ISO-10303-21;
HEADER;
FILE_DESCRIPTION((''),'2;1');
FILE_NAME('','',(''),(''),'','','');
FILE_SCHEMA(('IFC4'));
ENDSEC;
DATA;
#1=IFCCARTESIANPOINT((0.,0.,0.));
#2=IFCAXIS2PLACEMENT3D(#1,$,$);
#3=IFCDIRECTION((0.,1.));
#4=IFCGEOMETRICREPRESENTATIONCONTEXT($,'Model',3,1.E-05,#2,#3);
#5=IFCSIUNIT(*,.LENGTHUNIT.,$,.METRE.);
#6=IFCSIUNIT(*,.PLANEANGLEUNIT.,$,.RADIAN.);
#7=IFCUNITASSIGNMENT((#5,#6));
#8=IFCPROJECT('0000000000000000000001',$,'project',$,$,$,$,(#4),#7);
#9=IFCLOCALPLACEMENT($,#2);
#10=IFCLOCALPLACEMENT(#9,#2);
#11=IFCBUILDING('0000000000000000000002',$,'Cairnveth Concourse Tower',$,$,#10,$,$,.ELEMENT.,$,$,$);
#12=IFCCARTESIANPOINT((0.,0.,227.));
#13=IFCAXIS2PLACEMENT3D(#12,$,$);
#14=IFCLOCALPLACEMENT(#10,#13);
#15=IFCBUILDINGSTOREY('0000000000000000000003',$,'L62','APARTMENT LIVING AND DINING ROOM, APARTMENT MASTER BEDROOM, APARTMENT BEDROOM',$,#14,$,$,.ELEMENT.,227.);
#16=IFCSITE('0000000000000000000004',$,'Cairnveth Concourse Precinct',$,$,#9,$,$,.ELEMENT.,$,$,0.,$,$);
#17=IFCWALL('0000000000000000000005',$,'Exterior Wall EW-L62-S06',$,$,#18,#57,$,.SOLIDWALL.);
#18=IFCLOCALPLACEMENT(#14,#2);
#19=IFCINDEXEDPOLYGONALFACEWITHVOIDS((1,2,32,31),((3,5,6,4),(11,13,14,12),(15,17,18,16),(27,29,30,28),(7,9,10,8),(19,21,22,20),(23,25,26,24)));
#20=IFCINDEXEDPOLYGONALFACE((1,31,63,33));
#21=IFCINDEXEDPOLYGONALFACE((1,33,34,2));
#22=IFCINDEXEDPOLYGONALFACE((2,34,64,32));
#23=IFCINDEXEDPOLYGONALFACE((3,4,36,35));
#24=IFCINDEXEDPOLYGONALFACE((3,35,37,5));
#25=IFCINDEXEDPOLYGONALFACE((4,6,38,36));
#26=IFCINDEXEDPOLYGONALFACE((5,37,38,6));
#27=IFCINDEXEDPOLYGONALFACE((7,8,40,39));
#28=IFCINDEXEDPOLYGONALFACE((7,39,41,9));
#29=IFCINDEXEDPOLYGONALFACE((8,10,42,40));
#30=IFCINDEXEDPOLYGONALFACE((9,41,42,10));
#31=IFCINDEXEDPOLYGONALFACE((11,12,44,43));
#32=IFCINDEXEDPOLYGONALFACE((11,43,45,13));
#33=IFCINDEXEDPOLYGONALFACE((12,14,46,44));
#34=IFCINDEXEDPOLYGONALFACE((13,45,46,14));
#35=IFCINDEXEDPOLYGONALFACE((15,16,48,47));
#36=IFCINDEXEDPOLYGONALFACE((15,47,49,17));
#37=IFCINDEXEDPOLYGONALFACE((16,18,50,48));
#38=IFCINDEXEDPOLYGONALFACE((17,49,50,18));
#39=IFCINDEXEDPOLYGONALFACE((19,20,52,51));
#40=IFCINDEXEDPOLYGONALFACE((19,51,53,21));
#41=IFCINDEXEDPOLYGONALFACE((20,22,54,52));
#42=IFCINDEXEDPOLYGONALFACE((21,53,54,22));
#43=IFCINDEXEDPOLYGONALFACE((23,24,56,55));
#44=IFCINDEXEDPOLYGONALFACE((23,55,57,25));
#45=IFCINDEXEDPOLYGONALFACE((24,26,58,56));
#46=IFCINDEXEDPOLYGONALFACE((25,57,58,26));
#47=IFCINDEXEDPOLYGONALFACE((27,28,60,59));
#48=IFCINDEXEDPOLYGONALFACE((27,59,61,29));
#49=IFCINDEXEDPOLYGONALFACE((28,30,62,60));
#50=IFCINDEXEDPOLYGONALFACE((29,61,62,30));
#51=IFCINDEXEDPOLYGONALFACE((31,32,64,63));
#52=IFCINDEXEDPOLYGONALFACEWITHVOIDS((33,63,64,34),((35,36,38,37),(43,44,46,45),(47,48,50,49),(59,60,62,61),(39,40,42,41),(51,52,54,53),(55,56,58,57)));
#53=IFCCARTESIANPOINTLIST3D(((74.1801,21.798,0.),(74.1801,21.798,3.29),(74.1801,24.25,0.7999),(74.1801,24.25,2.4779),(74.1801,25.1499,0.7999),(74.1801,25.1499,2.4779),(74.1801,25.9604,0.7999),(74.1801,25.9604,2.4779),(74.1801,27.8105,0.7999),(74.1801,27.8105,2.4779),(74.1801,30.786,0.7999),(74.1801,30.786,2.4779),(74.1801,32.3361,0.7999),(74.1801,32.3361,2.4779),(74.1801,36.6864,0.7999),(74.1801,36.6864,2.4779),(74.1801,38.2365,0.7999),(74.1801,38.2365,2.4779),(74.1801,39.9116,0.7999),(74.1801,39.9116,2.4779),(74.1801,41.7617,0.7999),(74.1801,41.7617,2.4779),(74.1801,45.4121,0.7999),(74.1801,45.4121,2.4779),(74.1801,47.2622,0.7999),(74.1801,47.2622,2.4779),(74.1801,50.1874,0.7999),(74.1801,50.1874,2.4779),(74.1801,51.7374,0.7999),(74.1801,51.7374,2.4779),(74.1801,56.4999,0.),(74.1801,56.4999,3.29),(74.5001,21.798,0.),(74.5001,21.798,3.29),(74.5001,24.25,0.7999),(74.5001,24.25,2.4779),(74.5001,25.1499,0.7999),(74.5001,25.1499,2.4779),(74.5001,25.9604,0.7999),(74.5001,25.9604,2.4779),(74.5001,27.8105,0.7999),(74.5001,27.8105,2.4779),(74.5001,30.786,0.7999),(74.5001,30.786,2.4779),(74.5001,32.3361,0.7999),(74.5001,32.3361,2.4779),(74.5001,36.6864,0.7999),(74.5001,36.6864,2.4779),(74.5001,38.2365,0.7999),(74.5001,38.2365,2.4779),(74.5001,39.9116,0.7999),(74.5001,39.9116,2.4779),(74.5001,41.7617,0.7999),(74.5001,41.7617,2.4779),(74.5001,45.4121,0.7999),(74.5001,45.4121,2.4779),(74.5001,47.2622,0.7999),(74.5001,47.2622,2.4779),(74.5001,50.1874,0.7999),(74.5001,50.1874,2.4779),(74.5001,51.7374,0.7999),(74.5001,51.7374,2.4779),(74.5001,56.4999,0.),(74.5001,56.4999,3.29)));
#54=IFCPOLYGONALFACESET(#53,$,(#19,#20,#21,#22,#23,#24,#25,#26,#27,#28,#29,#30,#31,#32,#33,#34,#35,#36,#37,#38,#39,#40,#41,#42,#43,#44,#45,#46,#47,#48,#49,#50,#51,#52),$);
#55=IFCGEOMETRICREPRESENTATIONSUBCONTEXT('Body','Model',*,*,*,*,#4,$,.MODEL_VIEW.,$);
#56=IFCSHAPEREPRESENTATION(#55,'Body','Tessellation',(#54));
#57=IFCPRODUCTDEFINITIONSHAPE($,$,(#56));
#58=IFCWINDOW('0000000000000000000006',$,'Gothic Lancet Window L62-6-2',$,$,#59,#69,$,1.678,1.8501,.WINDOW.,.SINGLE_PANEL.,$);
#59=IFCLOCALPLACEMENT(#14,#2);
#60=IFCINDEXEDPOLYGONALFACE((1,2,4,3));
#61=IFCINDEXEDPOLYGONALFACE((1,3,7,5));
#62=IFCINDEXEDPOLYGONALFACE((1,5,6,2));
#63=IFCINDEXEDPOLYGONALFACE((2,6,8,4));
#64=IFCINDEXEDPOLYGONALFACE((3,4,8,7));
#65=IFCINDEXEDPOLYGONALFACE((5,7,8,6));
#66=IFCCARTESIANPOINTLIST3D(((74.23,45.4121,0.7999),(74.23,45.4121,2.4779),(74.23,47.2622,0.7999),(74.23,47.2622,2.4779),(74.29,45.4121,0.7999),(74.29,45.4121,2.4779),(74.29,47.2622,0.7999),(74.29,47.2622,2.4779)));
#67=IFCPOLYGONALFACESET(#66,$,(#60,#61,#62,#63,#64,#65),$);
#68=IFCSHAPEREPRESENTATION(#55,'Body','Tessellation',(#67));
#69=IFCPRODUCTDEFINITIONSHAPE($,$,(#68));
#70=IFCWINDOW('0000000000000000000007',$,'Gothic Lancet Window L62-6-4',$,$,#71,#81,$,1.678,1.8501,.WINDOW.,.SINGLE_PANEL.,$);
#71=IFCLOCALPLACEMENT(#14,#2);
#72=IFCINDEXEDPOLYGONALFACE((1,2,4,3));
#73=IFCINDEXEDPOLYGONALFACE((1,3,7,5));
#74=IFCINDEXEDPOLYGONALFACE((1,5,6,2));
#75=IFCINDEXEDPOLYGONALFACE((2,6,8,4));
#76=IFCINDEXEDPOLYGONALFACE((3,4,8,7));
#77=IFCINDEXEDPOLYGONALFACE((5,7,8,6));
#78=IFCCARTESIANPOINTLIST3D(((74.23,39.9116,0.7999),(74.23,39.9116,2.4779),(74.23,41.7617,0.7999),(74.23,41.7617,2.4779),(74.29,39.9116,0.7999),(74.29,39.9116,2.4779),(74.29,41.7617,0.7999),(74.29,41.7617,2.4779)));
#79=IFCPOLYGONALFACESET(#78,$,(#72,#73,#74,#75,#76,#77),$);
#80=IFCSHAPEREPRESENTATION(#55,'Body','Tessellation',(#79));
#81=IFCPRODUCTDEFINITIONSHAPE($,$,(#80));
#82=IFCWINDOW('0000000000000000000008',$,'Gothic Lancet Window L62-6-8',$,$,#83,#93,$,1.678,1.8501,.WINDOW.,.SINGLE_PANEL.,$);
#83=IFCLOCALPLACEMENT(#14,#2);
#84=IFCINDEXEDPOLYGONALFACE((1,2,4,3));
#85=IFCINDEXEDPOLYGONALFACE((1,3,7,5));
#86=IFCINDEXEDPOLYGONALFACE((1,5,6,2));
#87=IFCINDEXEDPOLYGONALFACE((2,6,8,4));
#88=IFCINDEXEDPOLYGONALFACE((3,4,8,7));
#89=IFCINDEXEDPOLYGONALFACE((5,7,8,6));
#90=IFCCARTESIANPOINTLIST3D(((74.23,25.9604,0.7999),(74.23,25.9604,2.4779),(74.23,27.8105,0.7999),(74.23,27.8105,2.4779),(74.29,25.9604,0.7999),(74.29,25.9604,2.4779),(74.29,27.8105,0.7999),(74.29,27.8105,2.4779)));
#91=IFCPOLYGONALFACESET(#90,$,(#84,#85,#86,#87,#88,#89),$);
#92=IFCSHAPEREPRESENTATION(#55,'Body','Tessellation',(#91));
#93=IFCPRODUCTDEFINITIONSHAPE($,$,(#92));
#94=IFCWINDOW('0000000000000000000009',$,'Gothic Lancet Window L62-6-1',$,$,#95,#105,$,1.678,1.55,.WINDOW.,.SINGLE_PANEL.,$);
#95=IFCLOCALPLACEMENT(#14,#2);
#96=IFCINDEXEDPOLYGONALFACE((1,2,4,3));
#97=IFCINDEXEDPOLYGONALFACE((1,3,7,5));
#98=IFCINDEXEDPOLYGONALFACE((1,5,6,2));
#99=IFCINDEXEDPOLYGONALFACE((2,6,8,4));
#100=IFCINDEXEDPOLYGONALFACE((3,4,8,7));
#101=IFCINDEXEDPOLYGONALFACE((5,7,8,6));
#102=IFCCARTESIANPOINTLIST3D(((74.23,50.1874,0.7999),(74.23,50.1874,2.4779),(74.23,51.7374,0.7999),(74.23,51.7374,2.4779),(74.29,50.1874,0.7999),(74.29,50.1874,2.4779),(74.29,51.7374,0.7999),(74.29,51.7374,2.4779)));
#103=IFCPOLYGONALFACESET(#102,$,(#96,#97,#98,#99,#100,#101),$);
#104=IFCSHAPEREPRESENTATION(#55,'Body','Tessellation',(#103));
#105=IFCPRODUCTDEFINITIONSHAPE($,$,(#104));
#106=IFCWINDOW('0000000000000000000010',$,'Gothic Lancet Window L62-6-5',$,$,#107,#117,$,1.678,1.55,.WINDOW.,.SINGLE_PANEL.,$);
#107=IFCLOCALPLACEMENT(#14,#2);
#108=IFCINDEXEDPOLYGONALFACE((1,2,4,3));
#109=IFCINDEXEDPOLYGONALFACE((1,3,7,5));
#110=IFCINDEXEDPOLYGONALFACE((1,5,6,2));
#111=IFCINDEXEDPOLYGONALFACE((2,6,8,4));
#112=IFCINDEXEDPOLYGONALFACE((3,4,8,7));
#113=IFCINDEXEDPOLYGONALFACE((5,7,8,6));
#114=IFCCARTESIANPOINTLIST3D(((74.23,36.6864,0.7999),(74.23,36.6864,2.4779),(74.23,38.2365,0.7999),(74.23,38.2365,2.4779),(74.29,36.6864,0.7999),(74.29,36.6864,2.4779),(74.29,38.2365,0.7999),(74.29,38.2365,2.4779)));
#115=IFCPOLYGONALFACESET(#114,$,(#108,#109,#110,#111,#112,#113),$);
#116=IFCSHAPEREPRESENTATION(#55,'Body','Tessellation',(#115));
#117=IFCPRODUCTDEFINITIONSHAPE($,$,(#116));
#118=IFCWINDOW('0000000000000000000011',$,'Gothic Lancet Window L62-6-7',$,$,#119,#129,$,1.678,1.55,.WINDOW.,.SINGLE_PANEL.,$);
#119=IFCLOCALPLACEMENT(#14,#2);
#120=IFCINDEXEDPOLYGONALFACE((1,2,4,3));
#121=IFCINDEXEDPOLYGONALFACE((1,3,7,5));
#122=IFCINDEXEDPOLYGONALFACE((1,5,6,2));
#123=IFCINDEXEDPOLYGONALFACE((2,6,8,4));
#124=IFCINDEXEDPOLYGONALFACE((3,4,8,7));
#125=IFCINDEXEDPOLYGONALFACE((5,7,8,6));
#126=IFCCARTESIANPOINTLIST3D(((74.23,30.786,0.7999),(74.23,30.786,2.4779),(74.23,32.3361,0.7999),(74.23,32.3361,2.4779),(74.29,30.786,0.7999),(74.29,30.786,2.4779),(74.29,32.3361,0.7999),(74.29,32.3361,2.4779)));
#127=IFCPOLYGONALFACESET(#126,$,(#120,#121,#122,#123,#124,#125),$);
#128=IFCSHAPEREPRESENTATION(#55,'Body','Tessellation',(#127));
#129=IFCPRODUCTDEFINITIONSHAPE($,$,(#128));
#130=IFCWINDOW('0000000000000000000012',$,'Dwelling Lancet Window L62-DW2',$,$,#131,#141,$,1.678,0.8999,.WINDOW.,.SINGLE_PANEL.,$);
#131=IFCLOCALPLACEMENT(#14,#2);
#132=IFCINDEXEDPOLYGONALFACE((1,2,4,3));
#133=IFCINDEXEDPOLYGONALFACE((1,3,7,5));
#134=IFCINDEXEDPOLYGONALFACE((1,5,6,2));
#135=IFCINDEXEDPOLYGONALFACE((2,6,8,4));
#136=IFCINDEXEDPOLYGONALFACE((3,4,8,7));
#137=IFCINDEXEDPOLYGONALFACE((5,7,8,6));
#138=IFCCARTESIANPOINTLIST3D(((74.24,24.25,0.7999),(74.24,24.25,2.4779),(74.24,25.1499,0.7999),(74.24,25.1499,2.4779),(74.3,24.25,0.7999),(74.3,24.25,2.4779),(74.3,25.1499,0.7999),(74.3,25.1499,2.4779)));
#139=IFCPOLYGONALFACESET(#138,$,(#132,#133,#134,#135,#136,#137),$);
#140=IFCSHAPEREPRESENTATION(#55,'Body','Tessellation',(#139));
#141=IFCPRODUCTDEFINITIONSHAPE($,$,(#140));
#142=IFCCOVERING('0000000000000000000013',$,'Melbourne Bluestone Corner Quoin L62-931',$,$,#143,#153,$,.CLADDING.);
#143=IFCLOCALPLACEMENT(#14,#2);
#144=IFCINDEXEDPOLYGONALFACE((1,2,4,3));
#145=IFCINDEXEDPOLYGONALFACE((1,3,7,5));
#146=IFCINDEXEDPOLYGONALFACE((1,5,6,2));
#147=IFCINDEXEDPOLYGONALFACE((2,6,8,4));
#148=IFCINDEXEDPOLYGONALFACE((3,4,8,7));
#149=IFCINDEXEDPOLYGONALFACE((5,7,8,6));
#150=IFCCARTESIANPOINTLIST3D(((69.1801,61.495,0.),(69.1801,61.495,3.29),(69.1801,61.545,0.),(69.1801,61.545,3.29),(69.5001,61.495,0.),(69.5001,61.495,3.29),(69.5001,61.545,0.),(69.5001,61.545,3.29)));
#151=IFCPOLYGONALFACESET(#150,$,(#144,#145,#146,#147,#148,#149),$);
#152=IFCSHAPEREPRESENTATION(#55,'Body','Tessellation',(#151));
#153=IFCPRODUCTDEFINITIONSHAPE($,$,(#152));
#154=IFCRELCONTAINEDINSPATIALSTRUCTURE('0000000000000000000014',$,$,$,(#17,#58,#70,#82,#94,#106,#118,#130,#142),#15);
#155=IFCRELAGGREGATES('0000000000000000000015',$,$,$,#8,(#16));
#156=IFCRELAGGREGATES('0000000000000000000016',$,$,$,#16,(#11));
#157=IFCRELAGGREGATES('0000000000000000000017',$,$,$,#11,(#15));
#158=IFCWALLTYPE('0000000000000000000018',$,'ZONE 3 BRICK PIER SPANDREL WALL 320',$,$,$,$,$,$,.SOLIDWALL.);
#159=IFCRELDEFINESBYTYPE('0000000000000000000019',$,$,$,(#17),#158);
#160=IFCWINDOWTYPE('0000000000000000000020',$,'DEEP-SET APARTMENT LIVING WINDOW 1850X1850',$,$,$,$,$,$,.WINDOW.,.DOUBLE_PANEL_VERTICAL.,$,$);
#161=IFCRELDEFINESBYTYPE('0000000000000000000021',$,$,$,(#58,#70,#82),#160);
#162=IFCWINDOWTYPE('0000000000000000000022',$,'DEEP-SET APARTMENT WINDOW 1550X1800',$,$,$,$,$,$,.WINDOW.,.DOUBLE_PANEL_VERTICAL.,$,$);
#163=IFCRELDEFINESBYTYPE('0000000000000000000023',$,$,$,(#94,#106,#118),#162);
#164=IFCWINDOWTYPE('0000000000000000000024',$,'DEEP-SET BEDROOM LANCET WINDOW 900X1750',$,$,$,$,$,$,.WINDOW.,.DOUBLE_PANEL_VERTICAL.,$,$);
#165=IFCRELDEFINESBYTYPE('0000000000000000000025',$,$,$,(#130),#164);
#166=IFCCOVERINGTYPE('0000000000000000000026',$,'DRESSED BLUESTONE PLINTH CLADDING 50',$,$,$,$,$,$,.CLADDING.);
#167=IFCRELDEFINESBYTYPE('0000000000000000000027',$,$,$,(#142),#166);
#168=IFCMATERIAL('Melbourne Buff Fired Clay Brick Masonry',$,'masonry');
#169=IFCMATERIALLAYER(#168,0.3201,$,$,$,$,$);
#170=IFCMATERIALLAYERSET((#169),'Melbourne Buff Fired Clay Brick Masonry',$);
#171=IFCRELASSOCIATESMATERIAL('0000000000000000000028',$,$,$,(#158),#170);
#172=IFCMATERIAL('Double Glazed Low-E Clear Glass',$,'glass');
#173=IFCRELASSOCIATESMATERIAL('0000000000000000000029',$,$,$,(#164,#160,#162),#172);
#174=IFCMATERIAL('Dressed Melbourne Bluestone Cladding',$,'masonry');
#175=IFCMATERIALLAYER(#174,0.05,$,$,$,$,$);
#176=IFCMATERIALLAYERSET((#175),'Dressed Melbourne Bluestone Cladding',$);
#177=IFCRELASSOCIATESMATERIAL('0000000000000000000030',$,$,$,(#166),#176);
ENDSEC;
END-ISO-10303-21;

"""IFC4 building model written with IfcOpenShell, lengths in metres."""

from ifc_helpers import new_model, si_unit, direction, frame, frame_2d, origin, place, context, subcontext, project, spatial, rectangle, extrude, material, layer, layer_set, type_object, element, fill, save


model = new_model("IFC4")

# Units and contexts
model_context = context("Model", 3, precision=1e-05, world=origin(), true_north=direction((0.0, 1.0)))
body_context = subcontext(model_context, "Body", "Model", "MODEL_VIEW")
ifc_project = project(units=[si_unit("LENGTHUNIT", "METRE"), si_unit("PLANEANGLEUNIT", "RADIAN")], contexts=[model_context])

# Site, building, storey
site_placement = place(None, origin())
site = spatial("IfcSite", under=ifc_project, at=site_placement, Name="Cairnveth Concourse Precinct", CompositionType="ELEMENT", RefElevation=0.0)
building_placement = place(site_placement, origin())
building = spatial("IfcBuilding", under=site, at=building_placement, Name="Cairnveth Concourse Tower", CompositionType="ELEMENT")
storey_placement = place(building_placement, frame((0.0, 0.0, 227.0)))
storey = spatial("IfcBuildingStorey", under=building, at=storey_placement, Name="L62", Description="APARTMENT LIVING AND DINING ROOM, APARTMENT MASTER BEDROOM, APARTMENT BEDROOM", CompositionType="ELEMENT", Elevation=227.0)

# Shared definitions
ifc_material_1 = material(Name="Melbourne Buff Fired Clay Brick Masonry", Category="masonry")
ifc_layer_1 = layer(ifc_material_1, 0.3201)
ifc_layer_set_1 = layer_set([ifc_layer_1], Name="Melbourne Buff Fired Clay Brick Masonry")
wall_type_1 = type_object("IfcWallType", Name="ZONE 3 BRICK PIER SPANDREL WALL 320", PredefinedType="SOLIDWALL", material=ifc_layer_set_1)

# Shared definitions
ifc_material_2 = material(Name="Double Glazed Low-E Clear Glass", Category="glass")
window_type_1 = type_object("IfcWindowType", Name="DEEP-SET BEDROOM LANCET WINDOW 900X1750", PartitioningType="DOUBLE_PANEL_VERTICAL", PredefinedType="WINDOW", material=ifc_material_2)

# Wall, openings, windows
wall_1_placement = place(storey_placement, frame((74.3401, 56.5, 0.0), z_axis=(0.0, 0.0, 1.0), x_axis=(0.0, -1.0, 0.0)))
wall_1 = element("IfcWall", 1, at=wall_1_placement, inside=storey, type_object=wall_type_1, Name="Exterior Wall EW-L62-S06", PredefinedType="SOLIDWALL", context=body_context, shape_type="SweptSolid", body=[
    extrude(rectangle(XDim=34.7019, YDim=0.3201, at=frame_2d((17.3511, 0.0))), origin(), (0.0, 0.0, 1.0), 3.29),
])
opening_1_placement = place(wall_1_placement, frame((4.7627, 0.0, 0.8)))
opening_1 = element("IfcOpeningElement", 2, at=opening_1_placement, cuts=wall_1, PredefinedType="OPENING", context=body_context, shape_type="SweptSolid", body=[
    extrude(rectangle(XDim=1.55, YDim=1.678, at=frame_2d((0.7749, 0.8389))), frame((0.0, 0.1699, 0.0), z_axis=(0.0, -1.0, 0.0), x_axis=(1.0, 0.0, 0.0)), (0.0, 0.0, 1.0), 0.3401),
])
opening_2_placement = place(wall_1_placement, frame((9.2378, 0.0, 0.8)))
opening_2 = element("IfcOpeningElement", 3, at=opening_2_placement, cuts=wall_1, PredefinedType="OPENING", context=body_context, shape_type="SweptSolid", body=[
    extrude(rectangle(XDim=1.8501, YDim=1.678, at=frame_2d((0.925, 0.8389))), frame((0.0, 0.1699, 0.0), z_axis=(0.0, -1.0, 0.0), x_axis=(1.0, 0.0, 0.0)), (0.0, 0.0, 1.0), 0.3401),
])
opening_3_placement = place(wall_1_placement, frame((14.7383, 0.0, 0.8)))
opening_3 = element("IfcOpeningElement", 4, at=opening_3_placement, cuts=wall_1, PredefinedType="OPENING", context=body_context, shape_type="SweptSolid", body=[
    extrude(rectangle(XDim=1.8501, YDim=1.678, at=frame_2d((0.925, 0.8389))), frame((0.0, 0.1699, 0.0), z_axis=(0.0, -1.0, 0.0), x_axis=(1.0, 0.0, 0.0)), (0.0, 0.0, 1.0), 0.3401),
])
opening_4_placement = place(wall_1_placement, frame((18.2637, 0.0, 0.8)))
opening_4 = element("IfcOpeningElement", 5, at=opening_4_placement, cuts=wall_1, PredefinedType="OPENING", context=body_context, shape_type="SweptSolid", body=[
    extrude(rectangle(XDim=1.55, YDim=1.678, at=frame_2d((0.7749, 0.8389))), frame((0.0, 0.1699, 0.0), z_axis=(0.0, -1.0, 0.0), x_axis=(1.0, 0.0, 0.0)), (0.0, 0.0, 1.0), 0.3401),
])
opening_5_placement = place(wall_1_placement, frame((24.1641, 0.0, 0.8)))
opening_5 = element("IfcOpeningElement", 6, at=opening_5_placement, cuts=wall_1, PredefinedType="OPENING", context=body_context, shape_type="SweptSolid", body=[
    extrude(rectangle(XDim=1.55, YDim=1.678, at=frame_2d((0.7749, 0.8389))), frame((0.0, 0.1699, 0.0), z_axis=(0.0, -1.0, 0.0), x_axis=(1.0, 0.0, 0.0)), (0.0, 0.0, 1.0), 0.3401),
])
opening_6_placement = place(wall_1_placement, frame((28.6895, 0.0, 0.8)))
opening_6 = element("IfcOpeningElement", 7, at=opening_6_placement, cuts=wall_1, PredefinedType="OPENING", context=body_context, shape_type="SweptSolid", body=[
    extrude(rectangle(XDim=1.8501, YDim=1.678, at=frame_2d((0.925, 0.8389))), frame((0.0, 0.1699, 0.0), z_axis=(0.0, -1.0, 0.0), x_axis=(1.0, 0.0, 0.0)), (0.0, 0.0, 1.0), 0.3401),
])
opening_7_placement = place(wall_1_placement, frame((31.3501, 0.0, 0.8)))
opening_7 = element("IfcOpeningElement", 8, at=opening_7_placement, cuts=wall_1, PredefinedType="OPENING", context=body_context, shape_type="SweptSolid", body=[
    extrude(rectangle(XDim=0.8999, YDim=1.678, at=frame_2d((0.45, 0.8389))), frame((0.0, 0.1699, 0.0), z_axis=(0.0, -1.0, 0.0), x_axis=(1.0, 0.0, 0.0)), (0.0, 0.0, 1.0), 0.3401),
])
window_type_2 = type_object("IfcWindowType", Name="DEEP-SET APARTMENT LIVING WINDOW 1850X1850", PartitioningType="DOUBLE_PANEL_VERTICAL", PredefinedType="WINDOW", material=ifc_material_2)
window_1_placement = place(opening_2_placement, origin())
window_1 = element("IfcWindow", 9, at=window_1_placement, inside=storey, type_object=window_type_2, Name="Gothic Lancet Window L62-6-2", OverallHeight=1.678, OverallWidth=1.8501, PartitioningType="SINGLE_PANEL", PredefinedType="WINDOW", context=body_context, shape_type="SweptSolid", body=[
    extrude(rectangle(XDim=1.8501, YDim=1.678, at=frame_2d((0.925, 0.8389))), frame((0.0, -0.05, 0.0), z_axis=(0.0, -1.0, 0.0), x_axis=(1.0, 0.0, 0.0)), (0.0, 0.0, 1.0), 0.0601),
])
fill(opening_2, window_1)
window_2_placement = place(opening_3_placement, origin())
window_2 = element("IfcWindow", 10, at=window_2_placement, inside=storey, type_object=window_type_2, Name="Gothic Lancet Window L62-6-4", OverallHeight=1.678, OverallWidth=1.8501, PartitioningType="SINGLE_PANEL", PredefinedType="WINDOW", context=body_context, shape_type="SweptSolid", body=[
    extrude(rectangle(XDim=1.8501, YDim=1.678, at=frame_2d((0.925, 0.8389))), frame((0.0, -0.05, 0.0), z_axis=(0.0, -1.0, 0.0), x_axis=(1.0, 0.0, 0.0)), (0.0, 0.0, 1.0), 0.0601),
])
fill(opening_3, window_2)
window_3_placement = place(opening_6_placement, origin())
window_3 = element("IfcWindow", 11, at=window_3_placement, inside=storey, type_object=window_type_2, Name="Gothic Lancet Window L62-6-8", OverallHeight=1.678, OverallWidth=1.8501, PartitioningType="SINGLE_PANEL", PredefinedType="WINDOW", context=body_context, shape_type="SweptSolid", body=[
    extrude(rectangle(XDim=1.8501, YDim=1.678, at=frame_2d((0.925, 0.8389))), frame((0.0, -0.05, 0.0), z_axis=(0.0, -1.0, 0.0), x_axis=(1.0, 0.0, 0.0)), (0.0, 0.0, 1.0), 0.0601),
])
fill(opening_6, window_3)
window_type_3 = type_object("IfcWindowType", Name="DEEP-SET APARTMENT WINDOW 1550X1800", PartitioningType="DOUBLE_PANEL_VERTICAL", PredefinedType="WINDOW", material=ifc_material_2)
window_4_placement = place(opening_1_placement, origin())
window_4 = element("IfcWindow", 12, at=window_4_placement, inside=storey, type_object=window_type_3, Name="Gothic Lancet Window L62-6-1", OverallHeight=1.678, OverallWidth=1.55, PartitioningType="SINGLE_PANEL", PredefinedType="WINDOW", context=body_context, shape_type="SweptSolid", body=[
    extrude(rectangle(XDim=1.55, YDim=1.678, at=frame_2d((0.7749, 0.8389))), frame((0.0, -0.05, 0.0), z_axis=(0.0, -1.0, 0.0), x_axis=(1.0, 0.0, 0.0)), (0.0, 0.0, 1.0), 0.0601),
])
fill(opening_1, window_4)
window_5_placement = place(opening_4_placement, origin())
window_5 = element("IfcWindow", 13, at=window_5_placement, inside=storey, type_object=window_type_3, Name="Gothic Lancet Window L62-6-5", OverallHeight=1.678, OverallWidth=1.55, PartitioningType="SINGLE_PANEL", PredefinedType="WINDOW", context=body_context, shape_type="SweptSolid", body=[
    extrude(rectangle(XDim=1.55, YDim=1.678, at=frame_2d((0.7749, 0.8389))), frame((0.0, -0.05, 0.0), z_axis=(0.0, -1.0, 0.0), x_axis=(1.0, 0.0, 0.0)), (0.0, 0.0, 1.0), 0.0601),
])
fill(opening_4, window_5)
window_6_placement = place(opening_5_placement, origin())
window_6 = element("IfcWindow", 14, at=window_6_placement, inside=storey, type_object=window_type_3, Name="Gothic Lancet Window L62-6-7", OverallHeight=1.678, OverallWidth=1.55, PartitioningType="SINGLE_PANEL", PredefinedType="WINDOW", context=body_context, shape_type="SweptSolid", body=[
    extrude(rectangle(XDim=1.55, YDim=1.678, at=frame_2d((0.7749, 0.8389))), frame((0.0, -0.05, 0.0), z_axis=(0.0, -1.0, 0.0), x_axis=(1.0, 0.0, 0.0)), (0.0, 0.0, 1.0), 0.0601),
])
fill(opening_5, window_6)
window_7_placement = place(opening_7_placement, origin())
window_7 = element("IfcWindow", 15, at=window_7_placement, inside=storey, type_object=window_type_1, Name="Dwelling Lancet Window L62-DW2", OverallHeight=1.678, OverallWidth=0.8999, PartitioningType="SINGLE_PANEL", PredefinedType="WINDOW", context=body_context, shape_type="SweptSolid", body=[
    extrude(rectangle(XDim=0.8999, YDim=1.678, at=frame_2d((0.45, 0.8389))), frame((0.0, -0.04, 0.0), z_axis=(0.0, -1.0, 0.0), x_axis=(1.0, 0.0, 0.0)), (0.0, 0.0, 1.0), 0.0601),
])
fill(opening_7, window_7)

# Covering
ifc_material_3 = material(Name="Dressed Melbourne Bluestone Cladding", Category="masonry")
ifc_layer_2 = layer(ifc_material_3, 0.05)
ifc_layer_set_2 = layer_set([ifc_layer_2], Name="Dressed Melbourne Bluestone Cladding")
covering_type = type_object("IfcCoveringType", Name="DRESSED BLUESTONE PLINTH CLADDING 50", PredefinedType="CLADDING", material=ifc_layer_set_2)
for number, where, z_axis, x_axis, name in (
    (16, (69.1799, 61.52, 0.0), (0.0, 0.0, 1.0), (1.0, 0.0, 0.0), "Melbourne Bluestone Corner Quoin L62-931"),
):
    element("IfcCovering", number, at=place(storey_placement, frame(where, z_axis=z_axis, x_axis=x_axis)), inside=storey, type_object=covering_type, Name=name, PredefinedType="CLADDING", context=body_context, shape_type="SweptSolid", body=[
        extrude(rectangle(XDim=0.3201, YDim=0.05, at=frame_2d((0.1602, 0.0))), origin(), (0.0, 0.0, 1.0), 3.29),
    ])

save(model, "model.ifc")
